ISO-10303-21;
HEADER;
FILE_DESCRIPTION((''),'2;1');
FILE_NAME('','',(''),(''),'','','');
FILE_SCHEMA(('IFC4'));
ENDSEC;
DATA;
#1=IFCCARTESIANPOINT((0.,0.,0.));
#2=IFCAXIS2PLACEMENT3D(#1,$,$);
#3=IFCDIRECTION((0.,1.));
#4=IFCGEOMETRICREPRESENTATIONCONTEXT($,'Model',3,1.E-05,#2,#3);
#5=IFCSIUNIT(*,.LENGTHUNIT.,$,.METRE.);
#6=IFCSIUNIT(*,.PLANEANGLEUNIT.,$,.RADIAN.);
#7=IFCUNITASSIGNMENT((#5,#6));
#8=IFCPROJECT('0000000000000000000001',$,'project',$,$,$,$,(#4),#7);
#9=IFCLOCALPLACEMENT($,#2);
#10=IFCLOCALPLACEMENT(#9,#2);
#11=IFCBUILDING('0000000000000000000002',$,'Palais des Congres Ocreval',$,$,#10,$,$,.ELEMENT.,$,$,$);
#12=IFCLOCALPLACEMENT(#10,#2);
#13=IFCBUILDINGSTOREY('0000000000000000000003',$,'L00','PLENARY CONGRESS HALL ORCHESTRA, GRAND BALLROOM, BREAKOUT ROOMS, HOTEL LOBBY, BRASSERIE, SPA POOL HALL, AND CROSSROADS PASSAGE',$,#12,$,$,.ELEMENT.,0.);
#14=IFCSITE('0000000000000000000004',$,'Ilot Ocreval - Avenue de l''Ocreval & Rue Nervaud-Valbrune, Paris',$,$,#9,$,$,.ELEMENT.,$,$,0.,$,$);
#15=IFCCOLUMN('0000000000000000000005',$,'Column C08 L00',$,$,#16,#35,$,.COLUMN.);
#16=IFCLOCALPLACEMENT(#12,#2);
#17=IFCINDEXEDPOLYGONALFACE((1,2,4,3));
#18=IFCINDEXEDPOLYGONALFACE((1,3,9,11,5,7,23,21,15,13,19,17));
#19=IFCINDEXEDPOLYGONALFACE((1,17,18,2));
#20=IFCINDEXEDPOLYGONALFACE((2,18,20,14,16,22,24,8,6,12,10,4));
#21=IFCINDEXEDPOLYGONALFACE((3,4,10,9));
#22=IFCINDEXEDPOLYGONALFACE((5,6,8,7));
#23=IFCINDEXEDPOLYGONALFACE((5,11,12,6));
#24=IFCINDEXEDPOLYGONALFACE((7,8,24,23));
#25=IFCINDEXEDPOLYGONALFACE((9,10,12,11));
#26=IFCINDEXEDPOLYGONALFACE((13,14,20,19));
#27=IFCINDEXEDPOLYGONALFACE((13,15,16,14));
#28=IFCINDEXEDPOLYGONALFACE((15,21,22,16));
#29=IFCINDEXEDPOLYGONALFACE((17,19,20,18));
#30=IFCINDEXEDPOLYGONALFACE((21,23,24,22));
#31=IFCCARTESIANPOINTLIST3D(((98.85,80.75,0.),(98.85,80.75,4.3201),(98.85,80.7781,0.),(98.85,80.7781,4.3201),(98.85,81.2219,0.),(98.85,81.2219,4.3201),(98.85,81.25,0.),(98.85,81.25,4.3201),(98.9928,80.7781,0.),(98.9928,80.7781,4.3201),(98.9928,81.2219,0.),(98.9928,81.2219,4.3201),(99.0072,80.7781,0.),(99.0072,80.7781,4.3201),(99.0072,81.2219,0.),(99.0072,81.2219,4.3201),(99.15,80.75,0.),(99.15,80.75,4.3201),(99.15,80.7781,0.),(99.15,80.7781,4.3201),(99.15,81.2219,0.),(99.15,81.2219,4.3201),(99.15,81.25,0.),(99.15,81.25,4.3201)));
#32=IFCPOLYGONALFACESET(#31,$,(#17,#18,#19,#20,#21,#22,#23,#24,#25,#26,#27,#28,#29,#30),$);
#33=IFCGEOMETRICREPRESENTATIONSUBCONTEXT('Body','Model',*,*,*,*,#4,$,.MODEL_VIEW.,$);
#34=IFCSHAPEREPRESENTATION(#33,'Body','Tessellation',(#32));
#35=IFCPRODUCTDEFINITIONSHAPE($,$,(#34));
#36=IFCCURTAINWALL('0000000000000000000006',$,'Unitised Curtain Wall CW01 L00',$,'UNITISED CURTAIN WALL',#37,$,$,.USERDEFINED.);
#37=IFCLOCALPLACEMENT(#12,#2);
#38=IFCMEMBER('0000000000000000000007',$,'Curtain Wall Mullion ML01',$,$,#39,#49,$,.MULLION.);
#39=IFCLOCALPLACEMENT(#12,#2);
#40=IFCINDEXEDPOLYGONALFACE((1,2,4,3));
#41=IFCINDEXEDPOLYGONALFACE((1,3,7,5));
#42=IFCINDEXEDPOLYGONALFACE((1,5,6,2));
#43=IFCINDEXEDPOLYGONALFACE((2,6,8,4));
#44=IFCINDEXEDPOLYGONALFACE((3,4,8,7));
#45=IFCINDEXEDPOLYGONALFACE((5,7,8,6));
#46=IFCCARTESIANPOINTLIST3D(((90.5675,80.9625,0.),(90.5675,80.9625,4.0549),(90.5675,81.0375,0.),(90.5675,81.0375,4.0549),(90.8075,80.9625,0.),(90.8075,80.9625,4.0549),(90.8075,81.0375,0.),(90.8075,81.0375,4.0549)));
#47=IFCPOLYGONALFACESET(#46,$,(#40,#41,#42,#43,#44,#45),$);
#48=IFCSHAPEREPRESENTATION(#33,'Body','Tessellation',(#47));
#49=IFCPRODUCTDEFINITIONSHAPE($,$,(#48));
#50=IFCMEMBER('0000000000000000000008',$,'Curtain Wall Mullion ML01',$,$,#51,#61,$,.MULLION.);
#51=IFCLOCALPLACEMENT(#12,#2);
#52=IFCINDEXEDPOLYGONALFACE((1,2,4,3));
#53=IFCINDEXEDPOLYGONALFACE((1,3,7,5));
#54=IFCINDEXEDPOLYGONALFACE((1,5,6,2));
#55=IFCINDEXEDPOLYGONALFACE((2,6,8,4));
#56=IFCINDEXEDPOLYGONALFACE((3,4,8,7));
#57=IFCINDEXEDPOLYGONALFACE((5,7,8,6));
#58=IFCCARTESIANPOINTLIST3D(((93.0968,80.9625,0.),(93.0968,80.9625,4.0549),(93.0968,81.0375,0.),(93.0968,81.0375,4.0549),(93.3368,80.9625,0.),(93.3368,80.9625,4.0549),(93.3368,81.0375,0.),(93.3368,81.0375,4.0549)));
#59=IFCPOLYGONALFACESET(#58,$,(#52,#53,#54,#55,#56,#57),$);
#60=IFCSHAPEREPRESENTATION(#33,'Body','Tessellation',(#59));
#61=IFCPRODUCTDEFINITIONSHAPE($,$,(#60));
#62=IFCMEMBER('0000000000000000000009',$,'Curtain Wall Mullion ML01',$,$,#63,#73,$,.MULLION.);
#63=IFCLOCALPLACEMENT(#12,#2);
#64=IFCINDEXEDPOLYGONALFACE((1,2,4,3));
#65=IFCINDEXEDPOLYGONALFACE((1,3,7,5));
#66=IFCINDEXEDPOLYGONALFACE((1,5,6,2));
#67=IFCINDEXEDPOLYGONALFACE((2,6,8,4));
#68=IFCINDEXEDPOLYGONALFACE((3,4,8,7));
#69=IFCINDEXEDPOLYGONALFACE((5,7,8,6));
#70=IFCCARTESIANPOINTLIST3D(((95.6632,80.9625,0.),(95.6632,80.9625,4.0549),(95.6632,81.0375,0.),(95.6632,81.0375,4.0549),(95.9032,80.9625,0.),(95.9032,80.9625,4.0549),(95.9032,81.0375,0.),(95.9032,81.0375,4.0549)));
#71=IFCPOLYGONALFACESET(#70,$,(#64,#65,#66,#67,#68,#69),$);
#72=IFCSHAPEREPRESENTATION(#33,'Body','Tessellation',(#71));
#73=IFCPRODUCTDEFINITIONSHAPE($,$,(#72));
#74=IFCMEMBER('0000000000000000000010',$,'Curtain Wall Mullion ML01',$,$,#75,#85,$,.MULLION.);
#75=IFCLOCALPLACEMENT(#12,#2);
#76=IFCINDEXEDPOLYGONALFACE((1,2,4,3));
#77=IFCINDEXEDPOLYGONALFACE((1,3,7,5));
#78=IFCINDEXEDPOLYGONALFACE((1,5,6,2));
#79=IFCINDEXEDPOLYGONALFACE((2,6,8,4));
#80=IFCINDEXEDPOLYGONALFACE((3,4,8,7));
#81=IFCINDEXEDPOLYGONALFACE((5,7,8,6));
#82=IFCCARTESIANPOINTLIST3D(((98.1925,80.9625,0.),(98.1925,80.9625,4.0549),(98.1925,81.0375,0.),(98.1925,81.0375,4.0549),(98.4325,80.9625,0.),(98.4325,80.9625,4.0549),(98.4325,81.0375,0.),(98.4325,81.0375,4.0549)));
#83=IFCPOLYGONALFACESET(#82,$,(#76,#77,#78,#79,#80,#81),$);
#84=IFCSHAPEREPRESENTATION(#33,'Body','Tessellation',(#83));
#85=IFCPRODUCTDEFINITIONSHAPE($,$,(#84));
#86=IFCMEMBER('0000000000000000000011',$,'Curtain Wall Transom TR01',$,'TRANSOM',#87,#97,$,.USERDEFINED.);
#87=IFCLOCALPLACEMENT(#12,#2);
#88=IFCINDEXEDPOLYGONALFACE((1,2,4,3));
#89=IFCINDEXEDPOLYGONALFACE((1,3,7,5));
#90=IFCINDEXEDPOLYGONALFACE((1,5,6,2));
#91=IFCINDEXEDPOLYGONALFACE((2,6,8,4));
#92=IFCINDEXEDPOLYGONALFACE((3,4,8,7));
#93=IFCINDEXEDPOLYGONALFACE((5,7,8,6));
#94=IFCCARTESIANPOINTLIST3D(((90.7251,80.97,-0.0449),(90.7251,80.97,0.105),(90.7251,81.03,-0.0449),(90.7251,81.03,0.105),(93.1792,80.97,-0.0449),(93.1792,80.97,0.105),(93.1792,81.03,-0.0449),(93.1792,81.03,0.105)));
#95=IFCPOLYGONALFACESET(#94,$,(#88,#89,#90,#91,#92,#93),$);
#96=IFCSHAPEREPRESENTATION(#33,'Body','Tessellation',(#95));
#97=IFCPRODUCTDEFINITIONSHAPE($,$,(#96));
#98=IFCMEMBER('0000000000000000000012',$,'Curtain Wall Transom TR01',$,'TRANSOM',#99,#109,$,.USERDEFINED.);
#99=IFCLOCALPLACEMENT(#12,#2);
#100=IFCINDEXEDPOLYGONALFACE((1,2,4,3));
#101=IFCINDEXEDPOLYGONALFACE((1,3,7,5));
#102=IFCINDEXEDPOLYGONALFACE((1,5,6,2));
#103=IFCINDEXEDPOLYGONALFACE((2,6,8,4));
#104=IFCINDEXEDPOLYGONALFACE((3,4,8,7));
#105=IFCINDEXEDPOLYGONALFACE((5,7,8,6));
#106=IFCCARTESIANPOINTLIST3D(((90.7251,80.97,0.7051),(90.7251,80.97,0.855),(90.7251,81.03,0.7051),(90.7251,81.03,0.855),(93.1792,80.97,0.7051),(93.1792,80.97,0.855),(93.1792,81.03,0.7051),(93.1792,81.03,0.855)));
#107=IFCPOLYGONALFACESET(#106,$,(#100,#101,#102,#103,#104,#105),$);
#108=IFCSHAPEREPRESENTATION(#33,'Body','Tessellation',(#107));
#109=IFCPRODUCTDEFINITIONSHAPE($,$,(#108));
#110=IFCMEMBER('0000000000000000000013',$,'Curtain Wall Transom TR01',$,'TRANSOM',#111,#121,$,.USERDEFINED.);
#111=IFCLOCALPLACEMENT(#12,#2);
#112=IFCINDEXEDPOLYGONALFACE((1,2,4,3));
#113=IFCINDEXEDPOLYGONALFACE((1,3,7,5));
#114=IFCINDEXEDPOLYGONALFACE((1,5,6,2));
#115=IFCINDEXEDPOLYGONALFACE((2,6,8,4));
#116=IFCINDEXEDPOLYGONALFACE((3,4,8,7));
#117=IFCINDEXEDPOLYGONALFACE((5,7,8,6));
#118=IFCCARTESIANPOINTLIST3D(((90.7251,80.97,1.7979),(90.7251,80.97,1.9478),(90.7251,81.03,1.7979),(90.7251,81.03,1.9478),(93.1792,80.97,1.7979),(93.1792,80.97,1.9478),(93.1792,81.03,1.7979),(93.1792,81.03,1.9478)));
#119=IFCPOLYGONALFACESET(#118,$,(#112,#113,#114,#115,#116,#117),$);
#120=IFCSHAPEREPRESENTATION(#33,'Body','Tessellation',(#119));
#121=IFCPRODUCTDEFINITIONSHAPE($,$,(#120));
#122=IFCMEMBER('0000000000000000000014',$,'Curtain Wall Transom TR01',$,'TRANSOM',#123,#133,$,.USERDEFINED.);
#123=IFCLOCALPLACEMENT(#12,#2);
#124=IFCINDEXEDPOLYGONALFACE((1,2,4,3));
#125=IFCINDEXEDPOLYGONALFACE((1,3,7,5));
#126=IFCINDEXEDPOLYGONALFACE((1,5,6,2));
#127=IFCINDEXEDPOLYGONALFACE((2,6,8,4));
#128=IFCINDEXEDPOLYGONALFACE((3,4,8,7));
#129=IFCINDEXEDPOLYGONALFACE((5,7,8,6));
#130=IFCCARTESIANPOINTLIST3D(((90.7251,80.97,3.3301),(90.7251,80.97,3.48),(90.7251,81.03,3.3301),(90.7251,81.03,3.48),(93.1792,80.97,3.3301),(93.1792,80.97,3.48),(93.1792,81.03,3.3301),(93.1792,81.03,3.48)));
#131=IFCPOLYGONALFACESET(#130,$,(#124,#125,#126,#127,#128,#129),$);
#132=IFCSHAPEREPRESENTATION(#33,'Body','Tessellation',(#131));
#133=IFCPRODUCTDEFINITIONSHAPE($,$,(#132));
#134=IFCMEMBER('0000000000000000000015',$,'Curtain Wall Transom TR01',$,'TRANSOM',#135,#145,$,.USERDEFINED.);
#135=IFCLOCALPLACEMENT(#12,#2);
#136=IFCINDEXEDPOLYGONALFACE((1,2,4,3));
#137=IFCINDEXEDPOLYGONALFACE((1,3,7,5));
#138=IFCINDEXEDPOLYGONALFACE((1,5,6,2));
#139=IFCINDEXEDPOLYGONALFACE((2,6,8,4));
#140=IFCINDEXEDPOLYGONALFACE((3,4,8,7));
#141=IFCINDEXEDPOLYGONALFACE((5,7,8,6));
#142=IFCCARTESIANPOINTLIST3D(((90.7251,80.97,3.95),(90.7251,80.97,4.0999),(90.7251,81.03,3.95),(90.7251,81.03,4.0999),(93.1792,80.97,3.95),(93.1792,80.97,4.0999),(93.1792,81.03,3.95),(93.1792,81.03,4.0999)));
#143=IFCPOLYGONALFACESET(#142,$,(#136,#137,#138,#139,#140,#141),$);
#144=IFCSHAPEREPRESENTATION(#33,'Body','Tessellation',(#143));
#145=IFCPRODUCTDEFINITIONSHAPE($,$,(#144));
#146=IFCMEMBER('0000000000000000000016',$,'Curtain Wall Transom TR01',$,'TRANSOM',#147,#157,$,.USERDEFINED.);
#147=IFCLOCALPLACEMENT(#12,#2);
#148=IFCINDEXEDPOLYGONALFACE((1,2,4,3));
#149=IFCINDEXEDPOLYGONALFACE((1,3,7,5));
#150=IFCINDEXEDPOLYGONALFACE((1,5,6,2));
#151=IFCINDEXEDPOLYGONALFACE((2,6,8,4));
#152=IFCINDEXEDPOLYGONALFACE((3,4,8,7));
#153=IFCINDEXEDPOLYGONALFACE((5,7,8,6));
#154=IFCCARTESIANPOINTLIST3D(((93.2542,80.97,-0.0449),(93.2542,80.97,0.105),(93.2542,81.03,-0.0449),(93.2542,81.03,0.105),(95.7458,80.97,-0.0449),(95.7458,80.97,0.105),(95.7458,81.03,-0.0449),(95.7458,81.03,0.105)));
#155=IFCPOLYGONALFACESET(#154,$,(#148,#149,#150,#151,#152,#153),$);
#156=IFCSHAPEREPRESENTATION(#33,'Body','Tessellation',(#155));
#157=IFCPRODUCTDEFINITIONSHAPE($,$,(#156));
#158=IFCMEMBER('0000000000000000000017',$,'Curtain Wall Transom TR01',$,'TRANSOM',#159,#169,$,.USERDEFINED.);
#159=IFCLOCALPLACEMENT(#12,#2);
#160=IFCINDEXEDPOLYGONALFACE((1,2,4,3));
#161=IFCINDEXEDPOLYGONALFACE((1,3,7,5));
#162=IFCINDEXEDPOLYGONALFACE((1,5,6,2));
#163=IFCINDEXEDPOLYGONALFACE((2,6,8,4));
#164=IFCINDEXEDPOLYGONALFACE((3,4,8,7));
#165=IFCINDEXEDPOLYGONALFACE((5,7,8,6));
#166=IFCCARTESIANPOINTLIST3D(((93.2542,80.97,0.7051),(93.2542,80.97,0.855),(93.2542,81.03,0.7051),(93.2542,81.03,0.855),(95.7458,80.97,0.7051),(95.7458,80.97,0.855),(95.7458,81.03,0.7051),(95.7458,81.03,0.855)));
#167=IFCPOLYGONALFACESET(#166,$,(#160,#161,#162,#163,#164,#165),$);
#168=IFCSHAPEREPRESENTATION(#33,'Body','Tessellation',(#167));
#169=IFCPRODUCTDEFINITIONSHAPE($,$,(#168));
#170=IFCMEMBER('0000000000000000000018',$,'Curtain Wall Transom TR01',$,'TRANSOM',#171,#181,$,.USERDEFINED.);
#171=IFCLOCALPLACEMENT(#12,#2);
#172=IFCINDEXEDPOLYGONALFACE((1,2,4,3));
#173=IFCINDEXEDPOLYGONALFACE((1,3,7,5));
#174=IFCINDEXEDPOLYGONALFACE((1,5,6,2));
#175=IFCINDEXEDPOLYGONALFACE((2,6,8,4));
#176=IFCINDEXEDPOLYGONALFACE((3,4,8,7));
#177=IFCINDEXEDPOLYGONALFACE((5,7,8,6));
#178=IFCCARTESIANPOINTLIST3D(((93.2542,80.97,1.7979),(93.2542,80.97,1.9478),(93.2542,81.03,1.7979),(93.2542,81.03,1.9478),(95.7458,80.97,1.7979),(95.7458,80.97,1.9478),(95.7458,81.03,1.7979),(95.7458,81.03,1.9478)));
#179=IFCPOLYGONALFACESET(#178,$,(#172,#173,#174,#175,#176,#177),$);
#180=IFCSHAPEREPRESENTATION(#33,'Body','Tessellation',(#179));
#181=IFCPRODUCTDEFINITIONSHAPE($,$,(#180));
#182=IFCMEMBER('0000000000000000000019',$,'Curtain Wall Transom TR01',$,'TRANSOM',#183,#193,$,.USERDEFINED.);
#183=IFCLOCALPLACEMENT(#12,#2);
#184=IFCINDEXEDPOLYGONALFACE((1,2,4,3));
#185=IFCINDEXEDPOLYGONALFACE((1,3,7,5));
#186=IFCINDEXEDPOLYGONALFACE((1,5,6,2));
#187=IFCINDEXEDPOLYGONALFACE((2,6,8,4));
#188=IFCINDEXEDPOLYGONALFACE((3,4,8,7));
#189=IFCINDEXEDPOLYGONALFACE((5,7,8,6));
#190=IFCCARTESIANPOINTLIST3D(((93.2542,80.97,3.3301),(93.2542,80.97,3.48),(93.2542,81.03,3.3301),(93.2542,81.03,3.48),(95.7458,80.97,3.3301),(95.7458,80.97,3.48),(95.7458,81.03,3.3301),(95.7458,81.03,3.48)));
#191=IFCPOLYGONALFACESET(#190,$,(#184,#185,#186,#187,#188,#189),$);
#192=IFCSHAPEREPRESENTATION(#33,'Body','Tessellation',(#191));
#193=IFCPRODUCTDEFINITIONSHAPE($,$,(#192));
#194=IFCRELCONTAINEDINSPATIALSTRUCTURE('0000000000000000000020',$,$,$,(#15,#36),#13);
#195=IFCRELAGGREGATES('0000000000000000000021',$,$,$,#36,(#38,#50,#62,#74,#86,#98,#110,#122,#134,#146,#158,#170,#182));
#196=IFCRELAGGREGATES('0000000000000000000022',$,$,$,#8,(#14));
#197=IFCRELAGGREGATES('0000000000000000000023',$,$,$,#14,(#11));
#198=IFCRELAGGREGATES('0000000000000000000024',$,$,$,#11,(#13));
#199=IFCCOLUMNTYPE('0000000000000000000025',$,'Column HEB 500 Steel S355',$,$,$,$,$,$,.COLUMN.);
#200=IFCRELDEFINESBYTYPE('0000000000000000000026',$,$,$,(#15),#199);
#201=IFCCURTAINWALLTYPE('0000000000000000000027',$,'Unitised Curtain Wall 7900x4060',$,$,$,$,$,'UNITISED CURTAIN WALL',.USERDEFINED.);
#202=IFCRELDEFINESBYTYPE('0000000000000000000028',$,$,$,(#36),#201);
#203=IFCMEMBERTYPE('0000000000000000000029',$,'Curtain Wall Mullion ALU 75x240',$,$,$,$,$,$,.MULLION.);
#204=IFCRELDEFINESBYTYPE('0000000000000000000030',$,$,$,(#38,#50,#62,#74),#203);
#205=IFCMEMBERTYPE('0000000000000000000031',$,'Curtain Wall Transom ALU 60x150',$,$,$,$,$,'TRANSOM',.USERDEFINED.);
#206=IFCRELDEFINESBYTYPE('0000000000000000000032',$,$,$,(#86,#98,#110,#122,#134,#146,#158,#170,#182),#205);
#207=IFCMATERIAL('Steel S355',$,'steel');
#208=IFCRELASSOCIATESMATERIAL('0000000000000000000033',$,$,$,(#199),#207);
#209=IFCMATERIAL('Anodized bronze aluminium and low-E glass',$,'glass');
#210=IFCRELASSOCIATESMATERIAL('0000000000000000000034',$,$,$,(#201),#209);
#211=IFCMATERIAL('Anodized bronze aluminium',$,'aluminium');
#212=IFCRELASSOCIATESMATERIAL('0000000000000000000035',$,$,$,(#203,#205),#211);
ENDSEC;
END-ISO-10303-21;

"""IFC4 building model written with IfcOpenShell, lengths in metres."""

from ifc_helpers import new_model, si_unit, direction, frame, origin, origin_2d, place, context, subcontext, project, spatial, rectangle, i_section, extrude, material, material_profile, profile_set, type_object, element, aggregate, save


model = new_model("IFC4")

# Units and contexts
model_context = context("Model", 3, precision=1e-05, world=origin(), true_north=direction((0.0, 1.0)))
body_context = subcontext(model_context, "Body", "Model", "MODEL_VIEW")
ifc_project = project(units=[si_unit("LENGTHUNIT", "METRE"), si_unit("PLANEANGLEUNIT", "RADIAN")], contexts=[model_context])

# Site, building, storey
site_placement = place(None, origin())
site = spatial("IfcSite", under=ifc_project, at=site_placement, Name="Ilot Ocreval - Avenue de l'Ocreval & Rue Nervaud-Valbrune, Paris", CompositionType="ELEMENT", RefElevation=0.0)
building_placement = place(site_placement, origin())
building = spatial("IfcBuilding", under=site, at=building_placement, Name="Palais des Congres Ocreval", CompositionType="ELEMENT")
storey_placement = place(building_placement, origin())
storey = spatial("IfcBuildingStorey", under=building, at=storey_placement, Name="L00", Description="PLENARY CONGRESS HALL ORCHESTRA, GRAND BALLROOM, BREAKOUT ROOMS, HOTEL LOBBY, BRASSERIE, SPA POOL HALL, AND CROSSROADS PASSAGE", CompositionType="ELEMENT", Elevation=0.0)

# Column
ifc_material_1 = material(Name="Steel S355", Category="steel")
ifc_material_profile_1 = material_profile(ifc_material_1, i_section(OverallWidth=0.3, OverallDepth=0.5, WebThickness=0.0144, FlangeThickness=0.0281, at=origin_2d()), Name="HEB 500")
ifc_profile_set_1 = profile_set([ifc_material_profile_1], Name="Steel S355")
column_type = type_object("IfcColumnType", Name="Column HEB 500 Steel S355", PredefinedType="COLUMN", material=ifc_profile_set_1)
column_placement = place(storey_placement, frame((99.0, 81.0, 0.0), z_axis=(0.0, 0.0, 1.0), x_axis=(1.0, 0.0, 0.0)))
element("IfcColumn", 1, at=column_placement, inside=storey, type_object=column_type, Name="Column C08 L00", PredefinedType="COLUMN", context=body_context, shape_type="SweptSolid", body=[
    extrude(i_section(OverallWidth=0.3, OverallDepth=0.5, WebThickness=0.0144, FlangeThickness=0.0281, at=origin_2d()), origin(), (0.0, 0.0, 1.0), 4.3201),
])

# Curtain wall, members
ifc_material_2 = material(Name="Anodized bronze aluminium and low-E glass", Category="glass")
curtain_wall_type = type_object("IfcCurtainWallType", Name="Unitised Curtain Wall 7900x4060", ElementType="UNITISED CURTAIN WALL", PredefinedType="USERDEFINED", material=ifc_material_2)
curtain_wall_placement = place(storey_placement, origin())
curtain_wall = element("IfcCurtainWall", 2, at=curtain_wall_placement, inside=storey, type_object=curtain_wall_type, Name="Unitised Curtain Wall CW01 L00", ObjectType="UNITISED CURTAIN WALL", PredefinedType="USERDEFINED")
ifc_material_3 = material(Name="Anodized bronze aluminium", Category="aluminium")
ifc_material_profile_2 = material_profile(ifc_material_3, rectangle(XDim=0.075, YDim=0.24, at=origin_2d()), Name="ALU 75x240")
ifc_profile_set_2 = profile_set([ifc_material_profile_2], Name="Anodized bronze aluminium")
member_type_1 = type_object("IfcMemberType", Name="Curtain Wall Mullion ALU 75x240", PredefinedType="MULLION", material=ifc_profile_set_2)
member_1_placement = place(storey_placement, frame((90.6875, 81.0, 0.0), z_axis=(0.0, 0.0, 1.0), x_axis=(0.0, 1.0, 0.0)))
member_1 = element("IfcMember", 3, at=member_1_placement, type_object=member_type_1, Name="Curtain Wall Mullion ML01", PredefinedType="MULLION", context=body_context, shape_type="SweptSolid", body=[
    extrude(rectangle(XDim=0.075, YDim=0.24, at=origin_2d()), origin(), (0.0, 0.0, 1.0), 4.0549),
])
member_2_placement = place(storey_placement, frame((93.2168, 81.0, 0.0), z_axis=(0.0, 0.0, 1.0), x_axis=(0.0, 1.0, 0.0)))
member_2 = element("IfcMember", 4, at=member_2_placement, type_object=member_type_1, Name="Curtain Wall Mullion ML01", PredefinedType="MULLION", context=body_context, shape_type="SweptSolid", body=[
    extrude(rectangle(XDim=0.075, YDim=0.24, at=origin_2d()), origin(), (0.0, 0.0, 1.0), 4.0549),
])
member_3_placement = place(storey_placement, frame((95.7832, 81.0, 0.0), z_axis=(0.0, 0.0, 1.0), x_axis=(0.0, 1.0, 0.0)))
member_3 = element("IfcMember", 5, at=member_3_placement, type_object=member_type_1, Name="Curtain Wall Mullion ML01", PredefinedType="MULLION", context=body_context, shape_type="SweptSolid", body=[
    extrude(rectangle(XDim=0.075, YDim=0.24, at=origin_2d()), origin(), (0.0, 0.0, 1.0), 4.0549),
])
member_4_placement = place(storey_placement, frame((98.3125, 81.0, 0.0), z_axis=(0.0, 0.0, 1.0), x_axis=(0.0, 1.0, 0.0)))
member_4 = element("IfcMember", 6, at=member_4_placement, type_object=member_type_1, Name="Curtain Wall Mullion ML01", PredefinedType="MULLION", context=body_context, shape_type="SweptSolid", body=[
    extrude(rectangle(XDim=0.075, YDim=0.24, at=origin_2d()), origin(), (0.0, 0.0, 1.0), 4.0549),
])
ifc_material_profile_3 = material_profile(ifc_material_3, rectangle(XDim=0.0601, YDim=0.1499, at=origin_2d()), Name="ALU 60x150")
ifc_profile_set_3 = profile_set([ifc_material_profile_3], Name="Anodized bronze aluminium")
member_type_2 = type_object("IfcMemberType", Name="Curtain Wall Transom ALU 60x150", ElementType="TRANSOM", PredefinedType="USERDEFINED", material=ifc_profile_set_3)
member_5_placement = place(storey_placement, frame((90.7251, 81.0, 0.03), z_axis=(1.0, 0.0, 0.0), x_axis=(0.0, 1.0, 0.0)))
member_5 = element("IfcMember", 7, at=member_5_placement, type_object=member_type_2, Name="Curtain Wall Transom TR01", ObjectType="TRANSOM", PredefinedType="USERDEFINED", context=body_context, shape_type="SweptSolid", body=[
    extrude(rectangle(XDim=0.0601, YDim=0.1499, at=origin_2d()), origin(), (0.0, 0.0, 1.0), 2.4541),
])
member_6_placement = place(storey_placement, frame((90.7251, 81.0, 0.78), z_axis=(1.0, 0.0, 0.0), x_axis=(0.0, 1.0, 0.0)))
member_6 = element("IfcMember", 8, at=member_6_placement, type_object=member_type_2, Name="Curtain Wall Transom TR01", ObjectType="TRANSOM", PredefinedType="USERDEFINED", context=body_context, shape_type="SweptSolid", body=[
    extrude(rectangle(XDim=0.0601, YDim=0.1499, at=origin_2d()), origin(), (0.0, 0.0, 1.0), 2.4541),
])
member_7_placement = place(storey_placement, frame((90.7251, 81.0, 1.8728), z_axis=(1.0, 0.0, 0.0), x_axis=(0.0, 1.0, 0.0)))
member_7 = element("IfcMember", 9, at=member_7_placement, type_object=member_type_2, Name="Curtain Wall Transom TR01", ObjectType="TRANSOM", PredefinedType="USERDEFINED", context=body_context, shape_type="SweptSolid", body=[
    extrude(rectangle(XDim=0.0601, YDim=0.1499, at=origin_2d()), origin(), (0.0, 0.0, 1.0), 2.4541),
])
member_8_placement = place(storey_placement, frame((90.7251, 81.0, 3.405), z_axis=(1.0, 0.0, 0.0), x_axis=(0.0, 1.0, 0.0)))
member_8 = element("IfcMember", 10, at=member_8_placement, type_object=member_type_2, Name="Curtain Wall Transom TR01", ObjectType="TRANSOM", PredefinedType="USERDEFINED", context=body_context, shape_type="SweptSolid", body=[
    extrude(rectangle(XDim=0.0601, YDim=0.1499, at=origin_2d()), origin(), (0.0, 0.0, 1.0), 2.4541),
])
member_9_placement = place(storey_placement, frame((90.7251, 81.0, 4.0249), z_axis=(1.0, 0.0, 0.0), x_axis=(0.0, 1.0, 0.0)))
member_9 = element("IfcMember", 11, at=member_9_placement, type_object=member_type_2, Name="Curtain Wall Transom TR01", ObjectType="TRANSOM", PredefinedType="USERDEFINED", context=body_context, shape_type="SweptSolid", body=[
    extrude(rectangle(XDim=0.0601, YDim=0.1499, at=origin_2d()), origin(), (0.0, 0.0, 1.0), 2.4541),
])
member_10_placement = place(storey_placement, frame((93.2542, 81.0, 0.03), z_axis=(1.0, 0.0, 0.0), x_axis=(0.0, 1.0, 0.0)))
member_10 = element("IfcMember", 12, at=member_10_placement, type_object=member_type_2, Name="Curtain Wall Transom TR01", ObjectType="TRANSOM", PredefinedType="USERDEFINED", context=body_context, shape_type="SweptSolid", body=[
    extrude(rectangle(XDim=0.0601, YDim=0.1499, at=origin_2d()), origin(), (0.0, 0.0, 1.0), 2.4917),
])
member_11_placement = place(storey_placement, frame((93.2542, 81.0, 0.78), z_axis=(1.0, 0.0, 0.0), x_axis=(0.0, 1.0, 0.0)))
member_11 = element("IfcMember", 13, at=member_11_placement, type_object=member_type_2, Name="Curtain Wall Transom TR01", ObjectType="TRANSOM", PredefinedType="USERDEFINED", context=body_context, shape_type="SweptSolid", body=[
    extrude(rectangle(XDim=0.0601, YDim=0.1499, at=origin_2d()), origin(), (0.0, 0.0, 1.0), 2.4917),
])
member_12_placement = place(storey_placement, frame((93.2542, 81.0, 1.8728), z_axis=(1.0, 0.0, 0.0), x_axis=(0.0, 1.0, 0.0)))
member_12 = element("IfcMember", 14, at=member_12_placement, type_object=member_type_2, Name="Curtain Wall Transom TR01", ObjectType="TRANSOM", PredefinedType="USERDEFINED", context=body_context, shape_type="SweptSolid", body=[
    extrude(rectangle(XDim=0.0601, YDim=0.1499, at=origin_2d()), origin(), (0.0, 0.0, 1.0), 2.4917),
])
member_13_placement = place(storey_placement, frame((93.2542, 81.0, 3.405), z_axis=(1.0, 0.0, 0.0), x_axis=(0.0, 1.0, 0.0)))
member_13 = element("IfcMember", 15, at=member_13_placement, type_object=member_type_2, Name="Curtain Wall Transom TR01", ObjectType="TRANSOM", PredefinedType="USERDEFINED", context=body_context, shape_type="SweptSolid", body=[
    extrude(rectangle(XDim=0.0601, YDim=0.1499, at=origin_2d()), origin(), (0.0, 0.0, 1.0), 2.4917),
])

aggregate(curtain_wall, [member_1, member_2, member_3, member_4, member_5, member_6, member_7, member_8, member_9, member_10, member_11, member_12, member_13])

save(model, "model.ifc")
